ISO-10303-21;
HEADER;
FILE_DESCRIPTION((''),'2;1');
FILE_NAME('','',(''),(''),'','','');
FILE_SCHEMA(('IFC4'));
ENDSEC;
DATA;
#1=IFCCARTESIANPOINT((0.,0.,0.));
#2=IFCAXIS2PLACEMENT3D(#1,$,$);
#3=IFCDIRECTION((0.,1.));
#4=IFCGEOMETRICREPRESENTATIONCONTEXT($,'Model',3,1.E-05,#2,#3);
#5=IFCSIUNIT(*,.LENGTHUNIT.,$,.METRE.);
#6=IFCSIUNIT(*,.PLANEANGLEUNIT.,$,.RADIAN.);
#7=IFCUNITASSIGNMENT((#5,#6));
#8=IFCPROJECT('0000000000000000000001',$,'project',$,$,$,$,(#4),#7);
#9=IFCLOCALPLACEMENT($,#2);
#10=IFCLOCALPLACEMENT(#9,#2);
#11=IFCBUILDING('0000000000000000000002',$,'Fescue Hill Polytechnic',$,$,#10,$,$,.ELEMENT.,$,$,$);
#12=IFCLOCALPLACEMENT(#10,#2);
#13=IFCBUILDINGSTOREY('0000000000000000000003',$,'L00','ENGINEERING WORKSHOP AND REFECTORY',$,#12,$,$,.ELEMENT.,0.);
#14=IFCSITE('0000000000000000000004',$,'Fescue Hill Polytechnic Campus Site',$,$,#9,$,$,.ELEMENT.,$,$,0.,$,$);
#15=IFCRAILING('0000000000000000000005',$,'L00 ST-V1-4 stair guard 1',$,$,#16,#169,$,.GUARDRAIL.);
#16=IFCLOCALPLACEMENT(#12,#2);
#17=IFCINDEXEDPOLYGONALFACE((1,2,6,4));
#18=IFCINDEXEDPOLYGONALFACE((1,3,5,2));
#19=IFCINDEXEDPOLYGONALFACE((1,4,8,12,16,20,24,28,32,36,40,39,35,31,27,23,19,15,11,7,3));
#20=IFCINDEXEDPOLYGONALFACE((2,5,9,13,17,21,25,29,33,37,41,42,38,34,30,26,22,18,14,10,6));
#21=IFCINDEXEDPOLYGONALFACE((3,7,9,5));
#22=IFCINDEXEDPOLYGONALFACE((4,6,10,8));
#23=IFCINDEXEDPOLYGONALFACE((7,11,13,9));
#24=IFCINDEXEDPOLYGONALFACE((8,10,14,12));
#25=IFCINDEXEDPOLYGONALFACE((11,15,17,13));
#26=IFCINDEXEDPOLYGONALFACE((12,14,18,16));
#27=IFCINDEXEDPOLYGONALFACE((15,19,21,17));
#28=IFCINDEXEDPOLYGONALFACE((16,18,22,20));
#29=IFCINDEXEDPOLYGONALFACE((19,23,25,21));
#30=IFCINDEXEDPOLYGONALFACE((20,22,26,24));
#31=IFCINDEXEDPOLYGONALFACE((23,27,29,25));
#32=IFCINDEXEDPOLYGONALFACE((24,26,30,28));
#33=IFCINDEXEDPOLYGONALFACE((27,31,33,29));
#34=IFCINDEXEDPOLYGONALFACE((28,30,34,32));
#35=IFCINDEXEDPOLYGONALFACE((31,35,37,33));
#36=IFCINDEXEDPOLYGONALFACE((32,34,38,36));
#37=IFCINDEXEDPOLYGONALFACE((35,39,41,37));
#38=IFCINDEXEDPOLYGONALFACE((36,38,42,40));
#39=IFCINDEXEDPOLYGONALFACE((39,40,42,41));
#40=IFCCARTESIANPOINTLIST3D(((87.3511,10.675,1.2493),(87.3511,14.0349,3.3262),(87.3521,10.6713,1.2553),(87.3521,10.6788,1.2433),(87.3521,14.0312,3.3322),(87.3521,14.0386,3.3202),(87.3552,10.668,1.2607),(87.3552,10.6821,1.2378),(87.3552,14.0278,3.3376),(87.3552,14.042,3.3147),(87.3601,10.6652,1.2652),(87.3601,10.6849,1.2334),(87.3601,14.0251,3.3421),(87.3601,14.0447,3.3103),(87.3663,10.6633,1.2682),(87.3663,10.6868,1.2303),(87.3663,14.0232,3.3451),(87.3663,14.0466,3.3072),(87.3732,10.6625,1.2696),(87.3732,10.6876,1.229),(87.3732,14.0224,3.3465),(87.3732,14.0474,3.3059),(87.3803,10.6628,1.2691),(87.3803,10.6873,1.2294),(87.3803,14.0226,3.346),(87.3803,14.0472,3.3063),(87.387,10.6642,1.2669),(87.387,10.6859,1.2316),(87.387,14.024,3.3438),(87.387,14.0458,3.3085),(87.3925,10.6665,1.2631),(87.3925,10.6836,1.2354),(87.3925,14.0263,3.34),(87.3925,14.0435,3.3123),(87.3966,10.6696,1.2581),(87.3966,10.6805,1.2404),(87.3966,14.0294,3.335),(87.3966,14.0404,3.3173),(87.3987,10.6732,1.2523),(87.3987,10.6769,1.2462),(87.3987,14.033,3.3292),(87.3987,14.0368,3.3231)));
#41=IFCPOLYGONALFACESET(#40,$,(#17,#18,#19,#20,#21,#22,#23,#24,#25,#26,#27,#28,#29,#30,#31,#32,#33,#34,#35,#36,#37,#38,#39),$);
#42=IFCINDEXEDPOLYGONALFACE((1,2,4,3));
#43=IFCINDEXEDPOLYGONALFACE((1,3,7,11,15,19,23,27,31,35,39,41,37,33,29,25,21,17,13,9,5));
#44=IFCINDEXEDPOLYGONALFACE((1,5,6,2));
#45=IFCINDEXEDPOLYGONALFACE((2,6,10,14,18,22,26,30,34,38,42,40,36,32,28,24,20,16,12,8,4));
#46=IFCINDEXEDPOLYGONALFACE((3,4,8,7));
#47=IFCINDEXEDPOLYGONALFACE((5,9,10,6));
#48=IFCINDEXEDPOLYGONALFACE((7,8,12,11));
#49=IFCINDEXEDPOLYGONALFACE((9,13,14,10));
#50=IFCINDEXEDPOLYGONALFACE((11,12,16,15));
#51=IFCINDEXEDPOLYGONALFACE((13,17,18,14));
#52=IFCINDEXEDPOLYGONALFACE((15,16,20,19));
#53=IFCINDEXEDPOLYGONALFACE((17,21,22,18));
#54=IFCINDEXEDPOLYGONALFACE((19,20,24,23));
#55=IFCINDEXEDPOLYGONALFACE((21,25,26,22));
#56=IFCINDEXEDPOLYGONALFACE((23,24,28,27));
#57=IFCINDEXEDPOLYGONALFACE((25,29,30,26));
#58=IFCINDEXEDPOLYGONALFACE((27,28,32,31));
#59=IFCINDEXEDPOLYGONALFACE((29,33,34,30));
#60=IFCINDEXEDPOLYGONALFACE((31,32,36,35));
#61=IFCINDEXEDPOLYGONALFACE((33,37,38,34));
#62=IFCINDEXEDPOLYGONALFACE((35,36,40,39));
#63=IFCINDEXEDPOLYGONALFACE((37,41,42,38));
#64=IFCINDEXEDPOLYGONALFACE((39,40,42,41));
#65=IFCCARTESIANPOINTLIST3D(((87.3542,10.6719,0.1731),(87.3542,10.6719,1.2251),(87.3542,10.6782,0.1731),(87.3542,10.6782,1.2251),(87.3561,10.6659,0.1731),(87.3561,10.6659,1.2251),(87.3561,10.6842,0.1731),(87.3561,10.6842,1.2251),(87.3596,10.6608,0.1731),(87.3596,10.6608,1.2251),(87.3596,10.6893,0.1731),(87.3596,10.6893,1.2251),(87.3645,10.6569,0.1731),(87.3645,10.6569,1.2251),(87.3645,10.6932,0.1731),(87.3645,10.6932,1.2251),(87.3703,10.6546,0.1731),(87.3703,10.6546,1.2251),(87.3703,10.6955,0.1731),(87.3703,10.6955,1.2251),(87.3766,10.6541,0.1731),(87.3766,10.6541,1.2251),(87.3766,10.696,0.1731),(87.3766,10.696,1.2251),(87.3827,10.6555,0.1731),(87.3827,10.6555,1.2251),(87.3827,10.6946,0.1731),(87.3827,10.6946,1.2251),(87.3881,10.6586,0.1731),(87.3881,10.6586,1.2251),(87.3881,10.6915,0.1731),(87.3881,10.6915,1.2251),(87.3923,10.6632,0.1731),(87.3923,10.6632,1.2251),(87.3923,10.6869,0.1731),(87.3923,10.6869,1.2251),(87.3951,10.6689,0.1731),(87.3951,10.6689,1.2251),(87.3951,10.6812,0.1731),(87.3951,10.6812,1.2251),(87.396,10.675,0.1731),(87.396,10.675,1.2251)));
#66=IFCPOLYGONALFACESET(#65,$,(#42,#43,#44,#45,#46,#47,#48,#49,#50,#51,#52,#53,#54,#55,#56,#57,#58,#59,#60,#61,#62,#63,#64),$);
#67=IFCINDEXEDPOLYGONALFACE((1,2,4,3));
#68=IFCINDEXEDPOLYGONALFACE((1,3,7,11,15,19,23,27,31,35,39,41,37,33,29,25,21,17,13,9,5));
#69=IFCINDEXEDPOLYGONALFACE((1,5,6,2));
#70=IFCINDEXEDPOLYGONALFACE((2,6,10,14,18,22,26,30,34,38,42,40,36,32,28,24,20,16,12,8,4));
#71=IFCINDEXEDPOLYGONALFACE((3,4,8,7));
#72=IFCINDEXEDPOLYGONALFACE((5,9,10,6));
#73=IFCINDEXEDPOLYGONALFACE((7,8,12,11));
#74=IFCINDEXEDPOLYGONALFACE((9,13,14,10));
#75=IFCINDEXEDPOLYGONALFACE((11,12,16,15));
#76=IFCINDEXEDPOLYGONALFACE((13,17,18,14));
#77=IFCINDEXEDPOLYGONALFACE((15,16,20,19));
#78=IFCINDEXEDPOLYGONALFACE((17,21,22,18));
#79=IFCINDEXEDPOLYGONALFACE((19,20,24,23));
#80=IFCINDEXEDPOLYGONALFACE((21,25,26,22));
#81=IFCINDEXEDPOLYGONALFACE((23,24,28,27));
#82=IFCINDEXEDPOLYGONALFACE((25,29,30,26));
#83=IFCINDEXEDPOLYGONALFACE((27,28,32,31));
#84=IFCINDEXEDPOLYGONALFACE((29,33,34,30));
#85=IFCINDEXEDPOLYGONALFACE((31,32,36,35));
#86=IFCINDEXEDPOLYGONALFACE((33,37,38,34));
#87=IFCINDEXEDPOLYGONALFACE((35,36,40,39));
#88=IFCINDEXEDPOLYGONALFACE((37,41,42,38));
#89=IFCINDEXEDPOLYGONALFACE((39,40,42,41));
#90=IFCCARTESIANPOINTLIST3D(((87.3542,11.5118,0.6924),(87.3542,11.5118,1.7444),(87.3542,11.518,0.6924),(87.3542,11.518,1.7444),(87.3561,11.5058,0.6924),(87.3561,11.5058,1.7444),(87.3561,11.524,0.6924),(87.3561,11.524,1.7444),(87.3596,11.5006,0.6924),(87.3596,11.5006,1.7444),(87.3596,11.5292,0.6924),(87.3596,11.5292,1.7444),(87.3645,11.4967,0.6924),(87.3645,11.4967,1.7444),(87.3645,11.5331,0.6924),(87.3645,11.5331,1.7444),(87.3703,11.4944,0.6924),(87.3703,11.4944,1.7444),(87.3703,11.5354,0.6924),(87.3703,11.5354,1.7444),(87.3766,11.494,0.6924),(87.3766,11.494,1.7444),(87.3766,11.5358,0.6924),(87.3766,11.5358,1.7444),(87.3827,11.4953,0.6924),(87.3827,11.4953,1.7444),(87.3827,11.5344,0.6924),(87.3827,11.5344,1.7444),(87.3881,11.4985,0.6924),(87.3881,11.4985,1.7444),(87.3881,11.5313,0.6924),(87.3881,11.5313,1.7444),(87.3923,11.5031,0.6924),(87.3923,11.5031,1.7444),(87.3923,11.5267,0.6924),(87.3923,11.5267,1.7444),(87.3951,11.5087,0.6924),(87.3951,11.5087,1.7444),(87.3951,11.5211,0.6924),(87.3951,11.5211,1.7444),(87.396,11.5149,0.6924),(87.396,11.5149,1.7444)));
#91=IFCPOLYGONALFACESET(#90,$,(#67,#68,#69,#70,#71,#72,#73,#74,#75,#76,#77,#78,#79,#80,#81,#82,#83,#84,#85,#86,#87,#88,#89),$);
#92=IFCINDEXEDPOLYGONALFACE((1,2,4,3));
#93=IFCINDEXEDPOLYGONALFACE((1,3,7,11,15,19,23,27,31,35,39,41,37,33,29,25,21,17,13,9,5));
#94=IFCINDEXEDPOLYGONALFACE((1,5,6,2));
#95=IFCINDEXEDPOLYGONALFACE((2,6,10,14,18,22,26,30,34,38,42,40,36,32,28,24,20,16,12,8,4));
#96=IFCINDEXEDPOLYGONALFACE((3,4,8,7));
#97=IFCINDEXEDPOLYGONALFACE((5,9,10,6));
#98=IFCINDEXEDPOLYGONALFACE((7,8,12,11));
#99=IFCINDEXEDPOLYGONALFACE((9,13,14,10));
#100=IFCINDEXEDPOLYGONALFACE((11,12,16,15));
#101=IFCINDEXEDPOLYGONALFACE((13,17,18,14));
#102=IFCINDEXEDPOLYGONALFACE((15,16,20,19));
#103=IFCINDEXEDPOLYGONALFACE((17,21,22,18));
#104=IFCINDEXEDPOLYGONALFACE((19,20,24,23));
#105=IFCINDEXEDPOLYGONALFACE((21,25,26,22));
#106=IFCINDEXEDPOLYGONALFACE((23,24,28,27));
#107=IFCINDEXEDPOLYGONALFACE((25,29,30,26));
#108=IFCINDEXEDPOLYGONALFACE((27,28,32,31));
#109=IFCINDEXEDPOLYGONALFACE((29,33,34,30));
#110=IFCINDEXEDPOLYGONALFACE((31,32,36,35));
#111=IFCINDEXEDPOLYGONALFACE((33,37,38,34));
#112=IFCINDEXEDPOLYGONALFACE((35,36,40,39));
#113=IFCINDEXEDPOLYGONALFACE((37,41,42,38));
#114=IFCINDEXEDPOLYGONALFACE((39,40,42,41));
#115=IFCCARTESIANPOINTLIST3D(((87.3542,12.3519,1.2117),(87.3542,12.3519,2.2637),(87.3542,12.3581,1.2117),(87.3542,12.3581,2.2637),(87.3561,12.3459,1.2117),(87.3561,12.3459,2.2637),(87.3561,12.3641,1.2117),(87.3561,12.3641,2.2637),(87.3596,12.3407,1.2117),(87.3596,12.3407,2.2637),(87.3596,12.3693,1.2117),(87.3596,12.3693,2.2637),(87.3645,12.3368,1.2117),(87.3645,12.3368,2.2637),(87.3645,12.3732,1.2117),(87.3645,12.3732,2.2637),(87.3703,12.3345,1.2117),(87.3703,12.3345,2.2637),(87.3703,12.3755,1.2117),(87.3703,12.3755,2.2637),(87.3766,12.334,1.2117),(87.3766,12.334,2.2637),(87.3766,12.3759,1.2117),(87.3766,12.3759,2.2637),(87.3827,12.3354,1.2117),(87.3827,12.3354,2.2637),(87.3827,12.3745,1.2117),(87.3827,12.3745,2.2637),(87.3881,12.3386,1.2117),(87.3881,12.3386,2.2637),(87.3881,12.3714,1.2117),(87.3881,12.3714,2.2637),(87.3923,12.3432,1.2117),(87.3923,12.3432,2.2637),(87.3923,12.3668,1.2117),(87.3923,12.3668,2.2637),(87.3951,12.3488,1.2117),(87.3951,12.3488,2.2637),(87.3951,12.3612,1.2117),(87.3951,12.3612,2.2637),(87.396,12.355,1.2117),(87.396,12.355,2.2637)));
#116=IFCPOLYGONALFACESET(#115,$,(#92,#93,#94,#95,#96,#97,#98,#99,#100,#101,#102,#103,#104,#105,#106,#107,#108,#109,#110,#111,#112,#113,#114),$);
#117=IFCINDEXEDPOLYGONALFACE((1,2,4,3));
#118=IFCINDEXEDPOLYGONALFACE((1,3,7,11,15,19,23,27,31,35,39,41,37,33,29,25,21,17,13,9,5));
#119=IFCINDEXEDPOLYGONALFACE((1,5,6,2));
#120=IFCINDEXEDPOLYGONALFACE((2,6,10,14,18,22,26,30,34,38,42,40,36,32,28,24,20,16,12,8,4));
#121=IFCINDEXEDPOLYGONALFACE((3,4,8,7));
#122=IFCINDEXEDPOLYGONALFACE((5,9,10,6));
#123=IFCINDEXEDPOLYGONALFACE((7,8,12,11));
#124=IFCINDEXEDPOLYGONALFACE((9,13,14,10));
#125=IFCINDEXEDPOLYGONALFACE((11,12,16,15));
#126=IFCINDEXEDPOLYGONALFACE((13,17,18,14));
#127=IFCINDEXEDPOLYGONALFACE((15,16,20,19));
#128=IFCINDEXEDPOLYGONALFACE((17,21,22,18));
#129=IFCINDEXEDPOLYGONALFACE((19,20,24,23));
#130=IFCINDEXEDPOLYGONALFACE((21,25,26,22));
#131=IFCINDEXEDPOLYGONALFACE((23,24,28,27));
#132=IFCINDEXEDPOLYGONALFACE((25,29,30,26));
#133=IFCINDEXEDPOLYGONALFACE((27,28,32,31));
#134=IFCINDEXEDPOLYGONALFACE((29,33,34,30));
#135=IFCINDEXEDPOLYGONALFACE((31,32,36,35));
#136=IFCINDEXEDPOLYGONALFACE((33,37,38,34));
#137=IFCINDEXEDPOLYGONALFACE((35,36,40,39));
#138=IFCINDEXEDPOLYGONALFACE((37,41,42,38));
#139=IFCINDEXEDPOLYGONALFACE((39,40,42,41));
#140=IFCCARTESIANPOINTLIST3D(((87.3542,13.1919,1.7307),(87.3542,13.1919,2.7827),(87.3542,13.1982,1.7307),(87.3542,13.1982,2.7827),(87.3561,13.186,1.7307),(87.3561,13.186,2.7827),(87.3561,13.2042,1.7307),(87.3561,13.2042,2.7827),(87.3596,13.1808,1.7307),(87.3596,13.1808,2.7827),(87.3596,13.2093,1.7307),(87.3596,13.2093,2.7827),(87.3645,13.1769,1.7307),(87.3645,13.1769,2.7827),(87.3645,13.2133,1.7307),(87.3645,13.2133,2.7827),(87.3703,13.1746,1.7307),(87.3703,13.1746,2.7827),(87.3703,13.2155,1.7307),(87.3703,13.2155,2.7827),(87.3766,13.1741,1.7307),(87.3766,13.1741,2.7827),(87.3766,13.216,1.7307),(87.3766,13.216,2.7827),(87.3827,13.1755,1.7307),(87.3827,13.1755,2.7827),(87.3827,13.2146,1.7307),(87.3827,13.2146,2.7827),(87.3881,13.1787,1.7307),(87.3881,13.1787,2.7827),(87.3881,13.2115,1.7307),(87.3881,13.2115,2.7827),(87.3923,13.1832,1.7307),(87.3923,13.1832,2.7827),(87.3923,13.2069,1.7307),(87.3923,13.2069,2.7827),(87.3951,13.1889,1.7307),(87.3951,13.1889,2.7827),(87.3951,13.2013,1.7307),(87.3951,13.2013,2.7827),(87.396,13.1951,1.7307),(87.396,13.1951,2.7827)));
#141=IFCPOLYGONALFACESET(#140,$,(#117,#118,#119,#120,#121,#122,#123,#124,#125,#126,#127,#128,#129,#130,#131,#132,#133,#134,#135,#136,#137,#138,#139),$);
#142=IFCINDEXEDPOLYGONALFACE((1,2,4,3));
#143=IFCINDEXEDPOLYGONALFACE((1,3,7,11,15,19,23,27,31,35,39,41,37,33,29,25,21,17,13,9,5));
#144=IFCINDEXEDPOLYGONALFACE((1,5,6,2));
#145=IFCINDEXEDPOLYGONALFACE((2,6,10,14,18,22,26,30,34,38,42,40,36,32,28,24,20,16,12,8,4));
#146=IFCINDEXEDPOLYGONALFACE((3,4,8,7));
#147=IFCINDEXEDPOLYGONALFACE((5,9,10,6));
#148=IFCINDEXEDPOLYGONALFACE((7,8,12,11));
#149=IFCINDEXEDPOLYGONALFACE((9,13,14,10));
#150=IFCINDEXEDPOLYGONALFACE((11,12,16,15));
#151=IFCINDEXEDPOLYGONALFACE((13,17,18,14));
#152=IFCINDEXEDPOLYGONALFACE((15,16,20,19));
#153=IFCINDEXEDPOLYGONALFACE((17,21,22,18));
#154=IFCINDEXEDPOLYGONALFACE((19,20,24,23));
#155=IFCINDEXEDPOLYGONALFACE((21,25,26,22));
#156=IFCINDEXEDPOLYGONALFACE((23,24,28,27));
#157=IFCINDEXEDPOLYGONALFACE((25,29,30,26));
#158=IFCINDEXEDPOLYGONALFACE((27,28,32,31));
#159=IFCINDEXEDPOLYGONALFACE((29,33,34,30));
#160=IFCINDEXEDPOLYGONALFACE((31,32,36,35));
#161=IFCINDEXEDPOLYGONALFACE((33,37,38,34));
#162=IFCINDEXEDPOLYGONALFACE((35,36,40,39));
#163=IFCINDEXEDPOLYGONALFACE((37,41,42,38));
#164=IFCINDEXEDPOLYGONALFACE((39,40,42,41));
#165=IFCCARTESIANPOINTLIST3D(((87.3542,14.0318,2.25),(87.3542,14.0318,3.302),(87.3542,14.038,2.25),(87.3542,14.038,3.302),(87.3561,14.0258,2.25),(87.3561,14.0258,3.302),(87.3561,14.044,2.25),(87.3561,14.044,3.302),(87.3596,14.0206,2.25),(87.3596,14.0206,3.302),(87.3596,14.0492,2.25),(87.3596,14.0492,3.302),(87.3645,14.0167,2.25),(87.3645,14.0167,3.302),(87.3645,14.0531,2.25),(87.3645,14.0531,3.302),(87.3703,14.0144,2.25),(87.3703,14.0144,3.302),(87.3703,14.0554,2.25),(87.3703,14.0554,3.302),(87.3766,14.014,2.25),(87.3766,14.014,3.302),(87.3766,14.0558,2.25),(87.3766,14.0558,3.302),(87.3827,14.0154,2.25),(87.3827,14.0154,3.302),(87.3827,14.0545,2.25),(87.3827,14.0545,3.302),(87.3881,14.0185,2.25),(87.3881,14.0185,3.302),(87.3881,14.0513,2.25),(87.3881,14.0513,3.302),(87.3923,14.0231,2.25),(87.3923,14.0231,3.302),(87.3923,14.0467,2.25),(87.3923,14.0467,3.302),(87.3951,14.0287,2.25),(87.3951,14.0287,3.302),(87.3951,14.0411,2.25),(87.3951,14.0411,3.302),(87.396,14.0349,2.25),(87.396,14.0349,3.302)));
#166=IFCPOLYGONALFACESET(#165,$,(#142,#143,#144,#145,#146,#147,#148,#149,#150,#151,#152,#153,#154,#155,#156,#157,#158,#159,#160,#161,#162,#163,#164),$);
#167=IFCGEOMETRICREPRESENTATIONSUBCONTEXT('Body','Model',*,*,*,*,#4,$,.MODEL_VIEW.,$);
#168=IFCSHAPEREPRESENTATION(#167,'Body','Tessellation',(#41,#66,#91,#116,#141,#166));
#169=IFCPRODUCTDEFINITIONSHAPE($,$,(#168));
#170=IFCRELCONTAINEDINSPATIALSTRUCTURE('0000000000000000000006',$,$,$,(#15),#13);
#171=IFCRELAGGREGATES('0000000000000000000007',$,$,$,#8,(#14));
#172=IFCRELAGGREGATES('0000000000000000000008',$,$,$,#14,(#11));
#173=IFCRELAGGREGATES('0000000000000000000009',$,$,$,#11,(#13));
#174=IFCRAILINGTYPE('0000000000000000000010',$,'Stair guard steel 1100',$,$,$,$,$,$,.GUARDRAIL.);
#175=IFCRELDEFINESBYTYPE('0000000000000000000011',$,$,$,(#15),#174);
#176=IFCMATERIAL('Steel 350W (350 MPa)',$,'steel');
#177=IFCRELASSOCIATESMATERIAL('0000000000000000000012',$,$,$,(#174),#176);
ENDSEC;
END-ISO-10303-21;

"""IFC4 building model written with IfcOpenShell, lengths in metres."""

from ifc_helpers import new_model, si_unit, direction, frame, origin, origin_2d, place, context, subcontext, project, spatial, circle, extrude, material, type_object, element, save


model = new_model("IFC4")

# Units and contexts
model_context = context("Model", 3, precision=1e-05, world=origin(), true_north=direction((0.0, 1.0)))
body_context = subcontext(model_context, "Body", "Model", "MODEL_VIEW")
ifc_project = project(units=[si_unit("LENGTHUNIT", "METRE"), si_unit("PLANEANGLEUNIT", "RADIAN")], contexts=[model_context])

# Site, building, storey
site_placement = place(None, origin())
site = spatial("IfcSite", under=ifc_project, at=site_placement, Name="Fescue Hill Polytechnic Campus Site", CompositionType="ELEMENT", RefElevation=0.0)
building_placement = place(site_placement, origin())
building = spatial("IfcBuilding", under=site, at=building_placement, Name="Fescue Hill Polytechnic", CompositionType="ELEMENT")
storey_placement = place(building_placement, origin())
storey = spatial("IfcBuildingStorey", under=building, at=storey_placement, Name="L00", Description="ENGINEERING WORKSHOP AND REFECTORY", CompositionType="ELEMENT", Elevation=0.0)

# Railing
ifc_material_1 = material(Name="Steel 350W (350 MPa)", Category="steel")
railing_type_1 = type_object("IfcRailingType", Name="Stair guard steel 1100", PredefinedType="GUARDRAIL", material=ifc_material_1)
railing_1_placement = place(storey_placement, frame((87.375, 10.675, 0.1731)))
element("IfcRailing", 1, at=railing_1_placement, inside=storey, type_object=railing_type_1, Name="L00 ST-V1-4 stair guard 1", PredefinedType="GUARDRAIL", context=body_context, shape_type="SweptSolid", body=[
    extrude(circle(Radius=0.0239, at=origin_2d()), frame((0.0, 0.0, 1.0762), z_axis=(0.0, 0.850606, 0.525803), x_axis=(-1.0, 0.0, 0.0)), (0.0, 0.0, 1.0), 3.95),
    extrude(circle(Radius=0.021, at=origin_2d()), origin(), (0.0, 0.0, 1.0), 1.052),
    extrude(circle(Radius=0.021, at=origin_2d()), frame((0.0, 0.8398, 0.5193)), (0.0, 0.0, 1.0), 1.052),
    extrude(circle(Radius=0.021, at=origin_2d()), frame((0.0, 1.6799, 1.0386)), (0.0, 0.0, 1.0), 1.052),
    extrude(circle(Radius=0.021, at=origin_2d()), frame((0.0, 2.52, 1.5576)), (0.0, 0.0, 1.0), 1.052),
    extrude(circle(Radius=0.021, at=origin_2d()), frame((0.0, 3.3599, 2.0769)), (0.0, 0.0, 1.0), 1.052),
])

save(model, "model.ifc")
